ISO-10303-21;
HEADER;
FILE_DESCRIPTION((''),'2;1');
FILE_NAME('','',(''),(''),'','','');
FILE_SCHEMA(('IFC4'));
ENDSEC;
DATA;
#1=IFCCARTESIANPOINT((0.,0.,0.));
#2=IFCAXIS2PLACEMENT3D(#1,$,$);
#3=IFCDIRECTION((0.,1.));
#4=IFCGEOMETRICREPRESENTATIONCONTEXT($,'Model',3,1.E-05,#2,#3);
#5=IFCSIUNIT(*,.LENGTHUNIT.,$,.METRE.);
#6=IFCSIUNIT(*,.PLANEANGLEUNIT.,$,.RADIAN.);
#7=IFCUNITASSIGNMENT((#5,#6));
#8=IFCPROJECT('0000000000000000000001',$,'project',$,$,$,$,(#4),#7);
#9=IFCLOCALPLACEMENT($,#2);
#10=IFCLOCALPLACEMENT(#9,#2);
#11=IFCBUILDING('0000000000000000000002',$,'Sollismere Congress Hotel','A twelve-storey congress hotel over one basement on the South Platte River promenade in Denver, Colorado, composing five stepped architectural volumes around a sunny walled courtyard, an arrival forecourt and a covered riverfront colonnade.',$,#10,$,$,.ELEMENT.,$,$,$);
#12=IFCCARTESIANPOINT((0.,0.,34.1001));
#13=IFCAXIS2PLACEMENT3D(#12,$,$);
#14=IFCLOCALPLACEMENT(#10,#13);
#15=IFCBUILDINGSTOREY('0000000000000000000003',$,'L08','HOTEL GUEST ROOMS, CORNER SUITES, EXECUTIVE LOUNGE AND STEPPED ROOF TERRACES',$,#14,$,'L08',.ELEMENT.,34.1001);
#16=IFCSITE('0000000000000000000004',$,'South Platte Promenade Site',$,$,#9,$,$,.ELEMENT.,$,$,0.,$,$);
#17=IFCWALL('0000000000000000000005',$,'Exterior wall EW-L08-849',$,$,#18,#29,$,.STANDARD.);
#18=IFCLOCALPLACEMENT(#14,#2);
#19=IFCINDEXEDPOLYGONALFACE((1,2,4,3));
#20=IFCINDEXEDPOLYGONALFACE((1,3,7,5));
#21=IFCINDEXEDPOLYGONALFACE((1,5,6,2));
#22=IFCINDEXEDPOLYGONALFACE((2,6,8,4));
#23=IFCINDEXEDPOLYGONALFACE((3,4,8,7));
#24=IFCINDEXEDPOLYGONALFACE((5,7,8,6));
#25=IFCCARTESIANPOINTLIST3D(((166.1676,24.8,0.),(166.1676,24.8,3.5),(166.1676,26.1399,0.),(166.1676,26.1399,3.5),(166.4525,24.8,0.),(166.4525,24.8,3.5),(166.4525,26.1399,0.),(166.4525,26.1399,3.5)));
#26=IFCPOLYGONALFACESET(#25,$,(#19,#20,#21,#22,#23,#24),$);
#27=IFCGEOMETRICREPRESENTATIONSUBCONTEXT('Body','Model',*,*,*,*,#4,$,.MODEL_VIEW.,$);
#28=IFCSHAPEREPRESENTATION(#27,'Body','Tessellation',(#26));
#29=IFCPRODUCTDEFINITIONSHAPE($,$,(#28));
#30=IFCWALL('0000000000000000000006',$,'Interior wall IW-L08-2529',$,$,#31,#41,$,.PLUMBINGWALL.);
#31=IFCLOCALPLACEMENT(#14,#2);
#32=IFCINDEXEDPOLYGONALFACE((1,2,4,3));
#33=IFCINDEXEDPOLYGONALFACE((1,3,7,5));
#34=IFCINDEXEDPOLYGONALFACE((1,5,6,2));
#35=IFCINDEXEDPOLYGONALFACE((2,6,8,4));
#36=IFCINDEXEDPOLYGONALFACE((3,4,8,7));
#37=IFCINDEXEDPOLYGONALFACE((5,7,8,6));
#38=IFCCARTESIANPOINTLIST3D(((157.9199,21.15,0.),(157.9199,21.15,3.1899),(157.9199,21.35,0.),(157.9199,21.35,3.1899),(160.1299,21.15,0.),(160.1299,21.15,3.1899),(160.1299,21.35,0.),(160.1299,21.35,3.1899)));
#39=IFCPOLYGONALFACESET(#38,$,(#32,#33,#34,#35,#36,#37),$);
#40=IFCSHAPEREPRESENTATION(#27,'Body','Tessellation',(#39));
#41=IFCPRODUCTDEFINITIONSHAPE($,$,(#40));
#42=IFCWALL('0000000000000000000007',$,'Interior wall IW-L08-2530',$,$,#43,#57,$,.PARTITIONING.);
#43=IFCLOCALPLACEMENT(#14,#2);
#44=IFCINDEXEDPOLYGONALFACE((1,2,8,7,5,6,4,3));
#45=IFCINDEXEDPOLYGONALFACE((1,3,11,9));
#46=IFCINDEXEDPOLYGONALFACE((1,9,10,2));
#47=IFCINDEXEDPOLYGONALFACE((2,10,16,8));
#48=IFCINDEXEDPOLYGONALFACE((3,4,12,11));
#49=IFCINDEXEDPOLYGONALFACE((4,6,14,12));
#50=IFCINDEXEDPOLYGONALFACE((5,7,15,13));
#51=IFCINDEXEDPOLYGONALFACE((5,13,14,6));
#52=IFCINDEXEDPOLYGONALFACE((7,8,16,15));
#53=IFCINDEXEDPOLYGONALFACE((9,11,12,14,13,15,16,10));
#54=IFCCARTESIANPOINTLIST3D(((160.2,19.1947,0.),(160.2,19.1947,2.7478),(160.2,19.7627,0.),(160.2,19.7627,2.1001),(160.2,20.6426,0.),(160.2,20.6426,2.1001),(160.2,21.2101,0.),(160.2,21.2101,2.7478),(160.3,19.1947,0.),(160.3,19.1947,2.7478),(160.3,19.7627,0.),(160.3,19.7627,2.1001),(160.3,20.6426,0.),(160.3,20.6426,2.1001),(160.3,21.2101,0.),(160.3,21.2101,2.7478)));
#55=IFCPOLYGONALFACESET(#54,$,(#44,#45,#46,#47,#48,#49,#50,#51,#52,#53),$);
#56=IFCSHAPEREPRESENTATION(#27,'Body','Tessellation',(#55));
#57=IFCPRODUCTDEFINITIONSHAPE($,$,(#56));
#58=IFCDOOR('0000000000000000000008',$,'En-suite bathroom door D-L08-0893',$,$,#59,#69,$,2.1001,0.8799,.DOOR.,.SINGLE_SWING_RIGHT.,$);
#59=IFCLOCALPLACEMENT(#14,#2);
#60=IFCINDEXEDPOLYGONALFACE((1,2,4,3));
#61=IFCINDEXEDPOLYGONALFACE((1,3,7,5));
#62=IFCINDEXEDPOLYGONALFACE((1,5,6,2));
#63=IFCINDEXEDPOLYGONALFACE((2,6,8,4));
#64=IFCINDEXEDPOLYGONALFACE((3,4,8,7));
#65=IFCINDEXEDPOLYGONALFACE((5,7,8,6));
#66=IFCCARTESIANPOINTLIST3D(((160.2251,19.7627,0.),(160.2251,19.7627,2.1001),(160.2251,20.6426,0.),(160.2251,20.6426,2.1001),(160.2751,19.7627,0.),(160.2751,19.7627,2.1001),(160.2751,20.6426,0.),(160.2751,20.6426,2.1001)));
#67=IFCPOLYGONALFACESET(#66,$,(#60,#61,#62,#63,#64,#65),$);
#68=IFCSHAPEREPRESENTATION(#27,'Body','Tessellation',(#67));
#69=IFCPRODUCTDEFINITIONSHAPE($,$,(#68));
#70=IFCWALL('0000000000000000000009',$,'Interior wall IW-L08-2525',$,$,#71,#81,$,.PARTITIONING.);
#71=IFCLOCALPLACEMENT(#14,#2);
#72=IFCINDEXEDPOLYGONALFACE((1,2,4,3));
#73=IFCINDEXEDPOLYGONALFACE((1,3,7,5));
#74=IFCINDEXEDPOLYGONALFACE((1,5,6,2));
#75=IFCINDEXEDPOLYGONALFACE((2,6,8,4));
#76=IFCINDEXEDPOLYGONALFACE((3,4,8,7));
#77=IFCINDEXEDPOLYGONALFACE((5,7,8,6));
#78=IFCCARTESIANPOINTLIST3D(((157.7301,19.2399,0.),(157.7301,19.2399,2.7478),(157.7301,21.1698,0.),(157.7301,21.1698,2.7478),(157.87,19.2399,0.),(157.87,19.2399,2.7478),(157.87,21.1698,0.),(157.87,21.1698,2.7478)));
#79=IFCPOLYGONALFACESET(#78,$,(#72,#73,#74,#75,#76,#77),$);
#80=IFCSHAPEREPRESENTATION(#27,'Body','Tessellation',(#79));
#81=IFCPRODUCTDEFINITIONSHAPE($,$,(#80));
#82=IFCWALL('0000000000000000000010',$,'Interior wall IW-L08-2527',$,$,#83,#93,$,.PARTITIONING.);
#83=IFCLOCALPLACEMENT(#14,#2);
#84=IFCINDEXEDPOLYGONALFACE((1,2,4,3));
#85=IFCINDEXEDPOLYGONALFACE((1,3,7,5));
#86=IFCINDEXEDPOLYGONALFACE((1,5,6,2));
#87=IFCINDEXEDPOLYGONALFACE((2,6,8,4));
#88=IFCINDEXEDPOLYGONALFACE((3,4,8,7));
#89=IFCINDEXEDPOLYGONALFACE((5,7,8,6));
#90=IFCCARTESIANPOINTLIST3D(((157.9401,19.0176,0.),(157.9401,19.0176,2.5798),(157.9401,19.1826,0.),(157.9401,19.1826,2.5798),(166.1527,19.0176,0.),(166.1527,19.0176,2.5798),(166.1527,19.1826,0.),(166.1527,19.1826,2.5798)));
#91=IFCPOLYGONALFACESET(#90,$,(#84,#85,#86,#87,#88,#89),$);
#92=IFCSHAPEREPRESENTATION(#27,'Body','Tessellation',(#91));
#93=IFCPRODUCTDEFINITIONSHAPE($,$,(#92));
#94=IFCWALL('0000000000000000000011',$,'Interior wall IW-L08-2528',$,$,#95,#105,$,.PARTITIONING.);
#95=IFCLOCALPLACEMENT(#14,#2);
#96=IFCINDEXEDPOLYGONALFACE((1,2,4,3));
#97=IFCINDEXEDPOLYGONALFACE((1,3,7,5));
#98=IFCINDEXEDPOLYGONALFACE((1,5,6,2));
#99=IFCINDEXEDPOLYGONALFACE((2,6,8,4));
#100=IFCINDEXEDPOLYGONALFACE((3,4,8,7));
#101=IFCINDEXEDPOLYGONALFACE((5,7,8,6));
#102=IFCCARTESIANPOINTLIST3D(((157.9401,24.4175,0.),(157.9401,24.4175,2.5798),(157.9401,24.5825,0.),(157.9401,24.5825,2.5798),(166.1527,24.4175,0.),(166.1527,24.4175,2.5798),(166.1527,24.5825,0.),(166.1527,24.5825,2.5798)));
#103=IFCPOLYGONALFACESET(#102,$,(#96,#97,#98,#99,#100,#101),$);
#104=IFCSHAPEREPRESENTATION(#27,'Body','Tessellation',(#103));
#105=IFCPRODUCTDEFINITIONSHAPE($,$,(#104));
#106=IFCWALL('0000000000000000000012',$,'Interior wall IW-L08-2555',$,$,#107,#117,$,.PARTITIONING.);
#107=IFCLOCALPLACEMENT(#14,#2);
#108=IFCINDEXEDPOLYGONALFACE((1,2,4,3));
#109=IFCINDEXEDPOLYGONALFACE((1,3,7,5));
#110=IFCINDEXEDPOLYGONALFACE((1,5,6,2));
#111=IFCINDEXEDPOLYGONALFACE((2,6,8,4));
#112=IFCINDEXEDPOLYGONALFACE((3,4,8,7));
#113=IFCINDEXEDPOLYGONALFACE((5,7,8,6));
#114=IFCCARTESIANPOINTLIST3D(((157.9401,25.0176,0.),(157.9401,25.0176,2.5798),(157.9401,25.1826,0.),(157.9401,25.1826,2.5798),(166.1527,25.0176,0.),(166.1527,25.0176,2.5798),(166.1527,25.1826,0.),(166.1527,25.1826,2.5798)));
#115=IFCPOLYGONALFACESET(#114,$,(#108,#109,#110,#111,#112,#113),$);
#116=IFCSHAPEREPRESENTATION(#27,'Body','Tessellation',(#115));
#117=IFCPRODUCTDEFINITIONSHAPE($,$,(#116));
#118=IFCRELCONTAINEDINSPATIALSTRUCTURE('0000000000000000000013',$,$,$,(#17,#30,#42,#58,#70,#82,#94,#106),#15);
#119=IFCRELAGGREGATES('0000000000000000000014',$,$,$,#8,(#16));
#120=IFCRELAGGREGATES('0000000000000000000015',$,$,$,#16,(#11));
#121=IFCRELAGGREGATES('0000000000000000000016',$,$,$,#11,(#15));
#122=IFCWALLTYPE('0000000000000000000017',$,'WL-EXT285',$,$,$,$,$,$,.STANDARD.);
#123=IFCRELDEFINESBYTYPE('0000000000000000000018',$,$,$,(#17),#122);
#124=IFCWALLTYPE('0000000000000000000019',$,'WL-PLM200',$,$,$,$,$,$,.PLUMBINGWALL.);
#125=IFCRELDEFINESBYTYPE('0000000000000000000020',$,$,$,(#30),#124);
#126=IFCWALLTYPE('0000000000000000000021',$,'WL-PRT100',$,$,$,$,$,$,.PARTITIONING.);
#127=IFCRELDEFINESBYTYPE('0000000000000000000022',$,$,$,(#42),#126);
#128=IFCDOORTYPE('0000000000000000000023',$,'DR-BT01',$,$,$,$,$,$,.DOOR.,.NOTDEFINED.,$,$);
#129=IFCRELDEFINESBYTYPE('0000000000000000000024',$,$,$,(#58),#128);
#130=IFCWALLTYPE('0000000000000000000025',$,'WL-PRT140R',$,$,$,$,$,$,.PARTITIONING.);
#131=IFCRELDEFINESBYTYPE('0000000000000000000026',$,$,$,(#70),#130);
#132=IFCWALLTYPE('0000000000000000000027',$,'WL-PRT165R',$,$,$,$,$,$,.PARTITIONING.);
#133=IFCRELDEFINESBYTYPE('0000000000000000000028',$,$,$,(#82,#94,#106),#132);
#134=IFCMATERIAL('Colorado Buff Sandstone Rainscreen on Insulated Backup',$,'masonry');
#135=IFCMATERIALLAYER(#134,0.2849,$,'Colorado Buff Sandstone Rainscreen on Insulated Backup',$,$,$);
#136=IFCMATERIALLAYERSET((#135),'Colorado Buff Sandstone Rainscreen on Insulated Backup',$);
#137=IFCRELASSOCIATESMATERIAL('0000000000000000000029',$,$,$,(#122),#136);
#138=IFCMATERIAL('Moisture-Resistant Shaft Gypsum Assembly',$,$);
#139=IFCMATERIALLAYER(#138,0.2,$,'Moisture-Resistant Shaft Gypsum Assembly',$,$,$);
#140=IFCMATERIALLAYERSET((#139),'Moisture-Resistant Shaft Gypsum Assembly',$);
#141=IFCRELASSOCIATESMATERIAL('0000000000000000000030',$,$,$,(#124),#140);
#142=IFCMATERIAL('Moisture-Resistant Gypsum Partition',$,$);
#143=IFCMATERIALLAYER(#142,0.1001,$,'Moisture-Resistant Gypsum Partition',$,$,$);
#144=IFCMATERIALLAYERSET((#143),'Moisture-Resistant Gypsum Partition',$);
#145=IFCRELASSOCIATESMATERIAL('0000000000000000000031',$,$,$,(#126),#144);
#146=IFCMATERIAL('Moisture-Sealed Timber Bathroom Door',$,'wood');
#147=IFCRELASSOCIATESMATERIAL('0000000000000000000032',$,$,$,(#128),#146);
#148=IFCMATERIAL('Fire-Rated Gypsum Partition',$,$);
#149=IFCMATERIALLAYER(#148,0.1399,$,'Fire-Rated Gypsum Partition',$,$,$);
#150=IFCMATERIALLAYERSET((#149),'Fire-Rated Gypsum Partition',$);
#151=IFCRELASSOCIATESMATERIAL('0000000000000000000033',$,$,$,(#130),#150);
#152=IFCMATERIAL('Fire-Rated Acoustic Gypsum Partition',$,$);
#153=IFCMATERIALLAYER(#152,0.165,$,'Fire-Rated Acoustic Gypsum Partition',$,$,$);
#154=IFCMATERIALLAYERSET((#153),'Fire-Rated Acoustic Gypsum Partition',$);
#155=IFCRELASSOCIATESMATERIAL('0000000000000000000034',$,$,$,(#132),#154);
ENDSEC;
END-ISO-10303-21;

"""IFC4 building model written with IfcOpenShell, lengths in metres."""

from ifc_helpers import new_model, si_unit, direction, frame, frame_2d, origin, place, context, subcontext, project, spatial, rectangle, extrude, material, layer, layer_set, type_object, element, fill, save


model = new_model("IFC4")

# Units and contexts
model_context = context("Model", 3, precision=1e-05, world=origin(), true_north=direction((0.0, 1.0)))
body_context = subcontext(model_context, "Body", "Model", "MODEL_VIEW")
ifc_project = project(units=[si_unit("LENGTHUNIT", "METRE"), si_unit("PLANEANGLEUNIT", "RADIAN")], contexts=[model_context])

# Site, building, storey
site_placement = place(None, origin())
site = spatial("IfcSite", under=ifc_project, at=site_placement, Name="South Platte Promenade Site", CompositionType="ELEMENT", RefElevation=0.0)
building_placement = place(site_placement, origin())
building = spatial("IfcBuilding", under=site, at=building_placement, Name="Sollismere Congress Hotel", Description="A twelve-storey congress hotel over one basement on the South Platte River promenade in Denver, Colorado, composing five stepped architectural volumes around a sunny walled courtyard, an arrival forecourt and a covered riverfront colonnade.", CompositionType="ELEMENT")
storey_placement = place(building_placement, frame((0.0, 0.0, 34.1001)))
storey = spatial("IfcBuildingStorey", under=building, at=storey_placement, Name="L08", Description="HOTEL GUEST ROOMS, CORNER SUITES, EXECUTIVE LOUNGE AND STEPPED ROOF TERRACES", LongName="L08", CompositionType="ELEMENT", Elevation=34.1001)

# Shared definitions
ifc_material_1 = material(Name="Colorado Buff Sandstone Rainscreen on Insulated Backup", Category="masonry")
ifc_layer_1 = layer(ifc_material_1, 0.2849, Name="Colorado Buff Sandstone Rainscreen on Insulated Backup")
ifc_layer_set_1 = layer_set([ifc_layer_1], Name="Colorado Buff Sandstone Rainscreen on Insulated Backup")
wall_type_1 = type_object("IfcWallType", Name="WL-EXT285", PredefinedType="STANDARD", material=ifc_layer_set_1)

# Walls
wall_1_placement = place(storey_placement, frame((166.3101, 24.8, 0.0), z_axis=(0.0, 0.0, 1.0), x_axis=(0.0, 1.0, 0.0)))
element("IfcWall", 1, at=wall_1_placement, inside=storey, type_object=wall_type_1, Name="Exterior wall EW-L08-849", PredefinedType="STANDARD", context=body_context, shape_type="SweptSolid", body=[
    extrude(rectangle(XDim=1.3398, YDim=0.2849, at=frame_2d((0.6699, 0.0))), origin(), (0.0, 0.0, 1.0), 3.5),
])
ifc_material_2 = material(Name="Moisture-Resistant Shaft Gypsum Assembly")
ifc_layer_2 = layer(ifc_material_2, 0.2, Name="Moisture-Resistant Shaft Gypsum Assembly")
ifc_layer_set_2 = layer_set([ifc_layer_2], Name="Moisture-Resistant Shaft Gypsum Assembly")
wall_type_2 = type_object("IfcWallType", Name="WL-PLM200", PredefinedType="PLUMBINGWALL", material=ifc_layer_set_2)
wall_2_placement = place(storey_placement, frame((157.9199, 21.25, 0.0), z_axis=(0.0, 0.0, 1.0), x_axis=(1.0, 0.0, 0.0)))
element("IfcWall", 2, at=wall_2_placement, inside=storey, type_object=wall_type_2, Name="Interior wall IW-L08-2529", PredefinedType="PLUMBINGWALL", context=body_context, shape_type="SweptSolid", body=[
    extrude(rectangle(XDim=2.21, YDim=0.2, at=frame_2d((1.105, 0.0))), origin(), (0.0, 0.0, 1.0), 3.1899),
])

# Wall, opening, door
ifc_material_3 = material(Name="Moisture-Resistant Gypsum Partition")
ifc_layer_3 = layer(ifc_material_3, 0.1001, Name="Moisture-Resistant Gypsum Partition")
ifc_layer_set_3 = layer_set([ifc_layer_3], Name="Moisture-Resistant Gypsum Partition")
wall_type_3 = type_object("IfcWallType", Name="WL-PRT100", PredefinedType="PARTITIONING", material=ifc_layer_set_3)
wall_3_placement = place(storey_placement, frame((160.25, 19.1946, 0.0), z_axis=(0.0, 0.0, 1.0), x_axis=(0.0, 1.0, 0.0)))
wall_3 = element("IfcWall", 3, at=wall_3_placement, inside=storey, type_object=wall_type_3, Name="Interior wall IW-L08-2530", PredefinedType="PARTITIONING", context=body_context, shape_type="SweptSolid", body=[
    extrude(rectangle(XDim=2.0154, YDim=0.1001, at=frame_2d((1.0078, 0.0))), origin(), (0.0, 0.0, 1.0), 2.7478),
])
opening_1_placement = place(wall_3_placement, frame((0.5681, 0.0, 0.0)))
opening_1 = element("IfcOpeningElement", 4, at=opening_1_placement, cuts=wall_3, PredefinedType="OPENING", context=body_context, shape_type="SweptSolid", body=[
    extrude(rectangle(XDim=0.8799, YDim=2.1001, at=frame_2d((0.4399, 1.05))), frame((0.0, 0.0601, 0.0), z_axis=(0.0, -1.0, 0.0), x_axis=(1.0, 0.0, 0.0)), (0.0, 0.0, 1.0), 0.1201),
])
ifc_material_4 = material(Name="Moisture-Sealed Timber Bathroom Door", Category="wood")
door_type_1 = type_object("IfcDoorType", Name="DR-BT01", OperationType="NOTDEFINED", PredefinedType="DOOR", material=ifc_material_4)
door_1_placement = place(opening_1_placement, origin())
door_1 = element("IfcDoor", 5, at=door_1_placement, inside=storey, type_object=door_type_1, Name="En-suite bathroom door D-L08-0893", OperationType="SINGLE_SWING_RIGHT", OverallHeight=2.1001, OverallWidth=0.8799, PredefinedType="DOOR", context=body_context, shape_type="SweptSolid", body=[
    extrude(rectangle(XDim=0.8799, YDim=2.1001, at=frame_2d((0.4399, 1.05))), frame((0.0, 0.0249, 0.0), z_axis=(0.0, -1.0, 0.0), x_axis=(1.0, 0.0, 0.0)), (0.0, 0.0, 1.0), 0.05),
])
fill(opening_1, door_1)

# Wall
ifc_material_5 = material(Name="Fire-Rated Gypsum Partition")
ifc_layer_4 = layer(ifc_material_5, 0.1399, Name="Fire-Rated Gypsum Partition")
ifc_layer_set_4 = layer_set([ifc_layer_4], Name="Fire-Rated Gypsum Partition")
wall_type_4 = type_object("IfcWallType", Name="WL-PRT140R", PredefinedType="PARTITIONING", material=ifc_layer_set_4)
wall_4_placement = place(storey_placement, frame((157.8, 19.24, 0.0), z_axis=(0.0, 0.0, 1.0), x_axis=(0.0, 1.0, 0.0)))
element("IfcWall", 6, at=wall_4_placement, inside=storey, type_object=wall_type_4, Name="Interior wall IW-L08-2525", PredefinedType="PARTITIONING", context=body_context, shape_type="SweptSolid", body=[
    extrude(rectangle(XDim=1.9299, YDim=0.1399, at=frame_2d((0.9648, 0.0))), origin(), (0.0, 0.0, 1.0), 2.7478),
])

# Walls
ifc_material_6 = material(Name="Fire-Rated Acoustic Gypsum Partition")
ifc_layer_5 = layer(ifc_material_6, 0.165, Name="Fire-Rated Acoustic Gypsum Partition")
ifc_layer_set_5 = layer_set([ifc_layer_5], Name="Fire-Rated Acoustic Gypsum Partition")
wall_type_5 = type_object("IfcWallType", Name="WL-PRT165R", PredefinedType="PARTITIONING", material=ifc_layer_set_5)
for number, where, z_axis, x_axis, name in (
    (7, (157.9399, 19.1001, 0.0), (0.0, 0.0, 1.0), (1.0, 0.0, 0.0), "Interior wall IW-L08-2527"),
    (8, (157.9399, 24.5, 0.0), (0.0, 0.0, 1.0), (1.0, 0.0, 0.0), "Interior wall IW-L08-2528"),
    (9, (157.9399, 25.1001, 0.0), (0.0, 0.0, 1.0), (1.0, 0.0, 0.0), "Interior wall IW-L08-2555"),
):
    element("IfcWall", number, at=place(storey_placement, frame(where, z_axis=z_axis, x_axis=x_axis)), inside=storey, type_object=wall_type_5, Name=name, PredefinedType="PARTITIONING", context=body_context, shape_type="SweptSolid", body=[
        extrude(rectangle(XDim=8.2126, YDim=0.165, at=frame_2d((4.1064, 0.0))), origin(), (0.0, 0.0, 1.0), 2.5798),
    ])

save(model, "model.ifc")
